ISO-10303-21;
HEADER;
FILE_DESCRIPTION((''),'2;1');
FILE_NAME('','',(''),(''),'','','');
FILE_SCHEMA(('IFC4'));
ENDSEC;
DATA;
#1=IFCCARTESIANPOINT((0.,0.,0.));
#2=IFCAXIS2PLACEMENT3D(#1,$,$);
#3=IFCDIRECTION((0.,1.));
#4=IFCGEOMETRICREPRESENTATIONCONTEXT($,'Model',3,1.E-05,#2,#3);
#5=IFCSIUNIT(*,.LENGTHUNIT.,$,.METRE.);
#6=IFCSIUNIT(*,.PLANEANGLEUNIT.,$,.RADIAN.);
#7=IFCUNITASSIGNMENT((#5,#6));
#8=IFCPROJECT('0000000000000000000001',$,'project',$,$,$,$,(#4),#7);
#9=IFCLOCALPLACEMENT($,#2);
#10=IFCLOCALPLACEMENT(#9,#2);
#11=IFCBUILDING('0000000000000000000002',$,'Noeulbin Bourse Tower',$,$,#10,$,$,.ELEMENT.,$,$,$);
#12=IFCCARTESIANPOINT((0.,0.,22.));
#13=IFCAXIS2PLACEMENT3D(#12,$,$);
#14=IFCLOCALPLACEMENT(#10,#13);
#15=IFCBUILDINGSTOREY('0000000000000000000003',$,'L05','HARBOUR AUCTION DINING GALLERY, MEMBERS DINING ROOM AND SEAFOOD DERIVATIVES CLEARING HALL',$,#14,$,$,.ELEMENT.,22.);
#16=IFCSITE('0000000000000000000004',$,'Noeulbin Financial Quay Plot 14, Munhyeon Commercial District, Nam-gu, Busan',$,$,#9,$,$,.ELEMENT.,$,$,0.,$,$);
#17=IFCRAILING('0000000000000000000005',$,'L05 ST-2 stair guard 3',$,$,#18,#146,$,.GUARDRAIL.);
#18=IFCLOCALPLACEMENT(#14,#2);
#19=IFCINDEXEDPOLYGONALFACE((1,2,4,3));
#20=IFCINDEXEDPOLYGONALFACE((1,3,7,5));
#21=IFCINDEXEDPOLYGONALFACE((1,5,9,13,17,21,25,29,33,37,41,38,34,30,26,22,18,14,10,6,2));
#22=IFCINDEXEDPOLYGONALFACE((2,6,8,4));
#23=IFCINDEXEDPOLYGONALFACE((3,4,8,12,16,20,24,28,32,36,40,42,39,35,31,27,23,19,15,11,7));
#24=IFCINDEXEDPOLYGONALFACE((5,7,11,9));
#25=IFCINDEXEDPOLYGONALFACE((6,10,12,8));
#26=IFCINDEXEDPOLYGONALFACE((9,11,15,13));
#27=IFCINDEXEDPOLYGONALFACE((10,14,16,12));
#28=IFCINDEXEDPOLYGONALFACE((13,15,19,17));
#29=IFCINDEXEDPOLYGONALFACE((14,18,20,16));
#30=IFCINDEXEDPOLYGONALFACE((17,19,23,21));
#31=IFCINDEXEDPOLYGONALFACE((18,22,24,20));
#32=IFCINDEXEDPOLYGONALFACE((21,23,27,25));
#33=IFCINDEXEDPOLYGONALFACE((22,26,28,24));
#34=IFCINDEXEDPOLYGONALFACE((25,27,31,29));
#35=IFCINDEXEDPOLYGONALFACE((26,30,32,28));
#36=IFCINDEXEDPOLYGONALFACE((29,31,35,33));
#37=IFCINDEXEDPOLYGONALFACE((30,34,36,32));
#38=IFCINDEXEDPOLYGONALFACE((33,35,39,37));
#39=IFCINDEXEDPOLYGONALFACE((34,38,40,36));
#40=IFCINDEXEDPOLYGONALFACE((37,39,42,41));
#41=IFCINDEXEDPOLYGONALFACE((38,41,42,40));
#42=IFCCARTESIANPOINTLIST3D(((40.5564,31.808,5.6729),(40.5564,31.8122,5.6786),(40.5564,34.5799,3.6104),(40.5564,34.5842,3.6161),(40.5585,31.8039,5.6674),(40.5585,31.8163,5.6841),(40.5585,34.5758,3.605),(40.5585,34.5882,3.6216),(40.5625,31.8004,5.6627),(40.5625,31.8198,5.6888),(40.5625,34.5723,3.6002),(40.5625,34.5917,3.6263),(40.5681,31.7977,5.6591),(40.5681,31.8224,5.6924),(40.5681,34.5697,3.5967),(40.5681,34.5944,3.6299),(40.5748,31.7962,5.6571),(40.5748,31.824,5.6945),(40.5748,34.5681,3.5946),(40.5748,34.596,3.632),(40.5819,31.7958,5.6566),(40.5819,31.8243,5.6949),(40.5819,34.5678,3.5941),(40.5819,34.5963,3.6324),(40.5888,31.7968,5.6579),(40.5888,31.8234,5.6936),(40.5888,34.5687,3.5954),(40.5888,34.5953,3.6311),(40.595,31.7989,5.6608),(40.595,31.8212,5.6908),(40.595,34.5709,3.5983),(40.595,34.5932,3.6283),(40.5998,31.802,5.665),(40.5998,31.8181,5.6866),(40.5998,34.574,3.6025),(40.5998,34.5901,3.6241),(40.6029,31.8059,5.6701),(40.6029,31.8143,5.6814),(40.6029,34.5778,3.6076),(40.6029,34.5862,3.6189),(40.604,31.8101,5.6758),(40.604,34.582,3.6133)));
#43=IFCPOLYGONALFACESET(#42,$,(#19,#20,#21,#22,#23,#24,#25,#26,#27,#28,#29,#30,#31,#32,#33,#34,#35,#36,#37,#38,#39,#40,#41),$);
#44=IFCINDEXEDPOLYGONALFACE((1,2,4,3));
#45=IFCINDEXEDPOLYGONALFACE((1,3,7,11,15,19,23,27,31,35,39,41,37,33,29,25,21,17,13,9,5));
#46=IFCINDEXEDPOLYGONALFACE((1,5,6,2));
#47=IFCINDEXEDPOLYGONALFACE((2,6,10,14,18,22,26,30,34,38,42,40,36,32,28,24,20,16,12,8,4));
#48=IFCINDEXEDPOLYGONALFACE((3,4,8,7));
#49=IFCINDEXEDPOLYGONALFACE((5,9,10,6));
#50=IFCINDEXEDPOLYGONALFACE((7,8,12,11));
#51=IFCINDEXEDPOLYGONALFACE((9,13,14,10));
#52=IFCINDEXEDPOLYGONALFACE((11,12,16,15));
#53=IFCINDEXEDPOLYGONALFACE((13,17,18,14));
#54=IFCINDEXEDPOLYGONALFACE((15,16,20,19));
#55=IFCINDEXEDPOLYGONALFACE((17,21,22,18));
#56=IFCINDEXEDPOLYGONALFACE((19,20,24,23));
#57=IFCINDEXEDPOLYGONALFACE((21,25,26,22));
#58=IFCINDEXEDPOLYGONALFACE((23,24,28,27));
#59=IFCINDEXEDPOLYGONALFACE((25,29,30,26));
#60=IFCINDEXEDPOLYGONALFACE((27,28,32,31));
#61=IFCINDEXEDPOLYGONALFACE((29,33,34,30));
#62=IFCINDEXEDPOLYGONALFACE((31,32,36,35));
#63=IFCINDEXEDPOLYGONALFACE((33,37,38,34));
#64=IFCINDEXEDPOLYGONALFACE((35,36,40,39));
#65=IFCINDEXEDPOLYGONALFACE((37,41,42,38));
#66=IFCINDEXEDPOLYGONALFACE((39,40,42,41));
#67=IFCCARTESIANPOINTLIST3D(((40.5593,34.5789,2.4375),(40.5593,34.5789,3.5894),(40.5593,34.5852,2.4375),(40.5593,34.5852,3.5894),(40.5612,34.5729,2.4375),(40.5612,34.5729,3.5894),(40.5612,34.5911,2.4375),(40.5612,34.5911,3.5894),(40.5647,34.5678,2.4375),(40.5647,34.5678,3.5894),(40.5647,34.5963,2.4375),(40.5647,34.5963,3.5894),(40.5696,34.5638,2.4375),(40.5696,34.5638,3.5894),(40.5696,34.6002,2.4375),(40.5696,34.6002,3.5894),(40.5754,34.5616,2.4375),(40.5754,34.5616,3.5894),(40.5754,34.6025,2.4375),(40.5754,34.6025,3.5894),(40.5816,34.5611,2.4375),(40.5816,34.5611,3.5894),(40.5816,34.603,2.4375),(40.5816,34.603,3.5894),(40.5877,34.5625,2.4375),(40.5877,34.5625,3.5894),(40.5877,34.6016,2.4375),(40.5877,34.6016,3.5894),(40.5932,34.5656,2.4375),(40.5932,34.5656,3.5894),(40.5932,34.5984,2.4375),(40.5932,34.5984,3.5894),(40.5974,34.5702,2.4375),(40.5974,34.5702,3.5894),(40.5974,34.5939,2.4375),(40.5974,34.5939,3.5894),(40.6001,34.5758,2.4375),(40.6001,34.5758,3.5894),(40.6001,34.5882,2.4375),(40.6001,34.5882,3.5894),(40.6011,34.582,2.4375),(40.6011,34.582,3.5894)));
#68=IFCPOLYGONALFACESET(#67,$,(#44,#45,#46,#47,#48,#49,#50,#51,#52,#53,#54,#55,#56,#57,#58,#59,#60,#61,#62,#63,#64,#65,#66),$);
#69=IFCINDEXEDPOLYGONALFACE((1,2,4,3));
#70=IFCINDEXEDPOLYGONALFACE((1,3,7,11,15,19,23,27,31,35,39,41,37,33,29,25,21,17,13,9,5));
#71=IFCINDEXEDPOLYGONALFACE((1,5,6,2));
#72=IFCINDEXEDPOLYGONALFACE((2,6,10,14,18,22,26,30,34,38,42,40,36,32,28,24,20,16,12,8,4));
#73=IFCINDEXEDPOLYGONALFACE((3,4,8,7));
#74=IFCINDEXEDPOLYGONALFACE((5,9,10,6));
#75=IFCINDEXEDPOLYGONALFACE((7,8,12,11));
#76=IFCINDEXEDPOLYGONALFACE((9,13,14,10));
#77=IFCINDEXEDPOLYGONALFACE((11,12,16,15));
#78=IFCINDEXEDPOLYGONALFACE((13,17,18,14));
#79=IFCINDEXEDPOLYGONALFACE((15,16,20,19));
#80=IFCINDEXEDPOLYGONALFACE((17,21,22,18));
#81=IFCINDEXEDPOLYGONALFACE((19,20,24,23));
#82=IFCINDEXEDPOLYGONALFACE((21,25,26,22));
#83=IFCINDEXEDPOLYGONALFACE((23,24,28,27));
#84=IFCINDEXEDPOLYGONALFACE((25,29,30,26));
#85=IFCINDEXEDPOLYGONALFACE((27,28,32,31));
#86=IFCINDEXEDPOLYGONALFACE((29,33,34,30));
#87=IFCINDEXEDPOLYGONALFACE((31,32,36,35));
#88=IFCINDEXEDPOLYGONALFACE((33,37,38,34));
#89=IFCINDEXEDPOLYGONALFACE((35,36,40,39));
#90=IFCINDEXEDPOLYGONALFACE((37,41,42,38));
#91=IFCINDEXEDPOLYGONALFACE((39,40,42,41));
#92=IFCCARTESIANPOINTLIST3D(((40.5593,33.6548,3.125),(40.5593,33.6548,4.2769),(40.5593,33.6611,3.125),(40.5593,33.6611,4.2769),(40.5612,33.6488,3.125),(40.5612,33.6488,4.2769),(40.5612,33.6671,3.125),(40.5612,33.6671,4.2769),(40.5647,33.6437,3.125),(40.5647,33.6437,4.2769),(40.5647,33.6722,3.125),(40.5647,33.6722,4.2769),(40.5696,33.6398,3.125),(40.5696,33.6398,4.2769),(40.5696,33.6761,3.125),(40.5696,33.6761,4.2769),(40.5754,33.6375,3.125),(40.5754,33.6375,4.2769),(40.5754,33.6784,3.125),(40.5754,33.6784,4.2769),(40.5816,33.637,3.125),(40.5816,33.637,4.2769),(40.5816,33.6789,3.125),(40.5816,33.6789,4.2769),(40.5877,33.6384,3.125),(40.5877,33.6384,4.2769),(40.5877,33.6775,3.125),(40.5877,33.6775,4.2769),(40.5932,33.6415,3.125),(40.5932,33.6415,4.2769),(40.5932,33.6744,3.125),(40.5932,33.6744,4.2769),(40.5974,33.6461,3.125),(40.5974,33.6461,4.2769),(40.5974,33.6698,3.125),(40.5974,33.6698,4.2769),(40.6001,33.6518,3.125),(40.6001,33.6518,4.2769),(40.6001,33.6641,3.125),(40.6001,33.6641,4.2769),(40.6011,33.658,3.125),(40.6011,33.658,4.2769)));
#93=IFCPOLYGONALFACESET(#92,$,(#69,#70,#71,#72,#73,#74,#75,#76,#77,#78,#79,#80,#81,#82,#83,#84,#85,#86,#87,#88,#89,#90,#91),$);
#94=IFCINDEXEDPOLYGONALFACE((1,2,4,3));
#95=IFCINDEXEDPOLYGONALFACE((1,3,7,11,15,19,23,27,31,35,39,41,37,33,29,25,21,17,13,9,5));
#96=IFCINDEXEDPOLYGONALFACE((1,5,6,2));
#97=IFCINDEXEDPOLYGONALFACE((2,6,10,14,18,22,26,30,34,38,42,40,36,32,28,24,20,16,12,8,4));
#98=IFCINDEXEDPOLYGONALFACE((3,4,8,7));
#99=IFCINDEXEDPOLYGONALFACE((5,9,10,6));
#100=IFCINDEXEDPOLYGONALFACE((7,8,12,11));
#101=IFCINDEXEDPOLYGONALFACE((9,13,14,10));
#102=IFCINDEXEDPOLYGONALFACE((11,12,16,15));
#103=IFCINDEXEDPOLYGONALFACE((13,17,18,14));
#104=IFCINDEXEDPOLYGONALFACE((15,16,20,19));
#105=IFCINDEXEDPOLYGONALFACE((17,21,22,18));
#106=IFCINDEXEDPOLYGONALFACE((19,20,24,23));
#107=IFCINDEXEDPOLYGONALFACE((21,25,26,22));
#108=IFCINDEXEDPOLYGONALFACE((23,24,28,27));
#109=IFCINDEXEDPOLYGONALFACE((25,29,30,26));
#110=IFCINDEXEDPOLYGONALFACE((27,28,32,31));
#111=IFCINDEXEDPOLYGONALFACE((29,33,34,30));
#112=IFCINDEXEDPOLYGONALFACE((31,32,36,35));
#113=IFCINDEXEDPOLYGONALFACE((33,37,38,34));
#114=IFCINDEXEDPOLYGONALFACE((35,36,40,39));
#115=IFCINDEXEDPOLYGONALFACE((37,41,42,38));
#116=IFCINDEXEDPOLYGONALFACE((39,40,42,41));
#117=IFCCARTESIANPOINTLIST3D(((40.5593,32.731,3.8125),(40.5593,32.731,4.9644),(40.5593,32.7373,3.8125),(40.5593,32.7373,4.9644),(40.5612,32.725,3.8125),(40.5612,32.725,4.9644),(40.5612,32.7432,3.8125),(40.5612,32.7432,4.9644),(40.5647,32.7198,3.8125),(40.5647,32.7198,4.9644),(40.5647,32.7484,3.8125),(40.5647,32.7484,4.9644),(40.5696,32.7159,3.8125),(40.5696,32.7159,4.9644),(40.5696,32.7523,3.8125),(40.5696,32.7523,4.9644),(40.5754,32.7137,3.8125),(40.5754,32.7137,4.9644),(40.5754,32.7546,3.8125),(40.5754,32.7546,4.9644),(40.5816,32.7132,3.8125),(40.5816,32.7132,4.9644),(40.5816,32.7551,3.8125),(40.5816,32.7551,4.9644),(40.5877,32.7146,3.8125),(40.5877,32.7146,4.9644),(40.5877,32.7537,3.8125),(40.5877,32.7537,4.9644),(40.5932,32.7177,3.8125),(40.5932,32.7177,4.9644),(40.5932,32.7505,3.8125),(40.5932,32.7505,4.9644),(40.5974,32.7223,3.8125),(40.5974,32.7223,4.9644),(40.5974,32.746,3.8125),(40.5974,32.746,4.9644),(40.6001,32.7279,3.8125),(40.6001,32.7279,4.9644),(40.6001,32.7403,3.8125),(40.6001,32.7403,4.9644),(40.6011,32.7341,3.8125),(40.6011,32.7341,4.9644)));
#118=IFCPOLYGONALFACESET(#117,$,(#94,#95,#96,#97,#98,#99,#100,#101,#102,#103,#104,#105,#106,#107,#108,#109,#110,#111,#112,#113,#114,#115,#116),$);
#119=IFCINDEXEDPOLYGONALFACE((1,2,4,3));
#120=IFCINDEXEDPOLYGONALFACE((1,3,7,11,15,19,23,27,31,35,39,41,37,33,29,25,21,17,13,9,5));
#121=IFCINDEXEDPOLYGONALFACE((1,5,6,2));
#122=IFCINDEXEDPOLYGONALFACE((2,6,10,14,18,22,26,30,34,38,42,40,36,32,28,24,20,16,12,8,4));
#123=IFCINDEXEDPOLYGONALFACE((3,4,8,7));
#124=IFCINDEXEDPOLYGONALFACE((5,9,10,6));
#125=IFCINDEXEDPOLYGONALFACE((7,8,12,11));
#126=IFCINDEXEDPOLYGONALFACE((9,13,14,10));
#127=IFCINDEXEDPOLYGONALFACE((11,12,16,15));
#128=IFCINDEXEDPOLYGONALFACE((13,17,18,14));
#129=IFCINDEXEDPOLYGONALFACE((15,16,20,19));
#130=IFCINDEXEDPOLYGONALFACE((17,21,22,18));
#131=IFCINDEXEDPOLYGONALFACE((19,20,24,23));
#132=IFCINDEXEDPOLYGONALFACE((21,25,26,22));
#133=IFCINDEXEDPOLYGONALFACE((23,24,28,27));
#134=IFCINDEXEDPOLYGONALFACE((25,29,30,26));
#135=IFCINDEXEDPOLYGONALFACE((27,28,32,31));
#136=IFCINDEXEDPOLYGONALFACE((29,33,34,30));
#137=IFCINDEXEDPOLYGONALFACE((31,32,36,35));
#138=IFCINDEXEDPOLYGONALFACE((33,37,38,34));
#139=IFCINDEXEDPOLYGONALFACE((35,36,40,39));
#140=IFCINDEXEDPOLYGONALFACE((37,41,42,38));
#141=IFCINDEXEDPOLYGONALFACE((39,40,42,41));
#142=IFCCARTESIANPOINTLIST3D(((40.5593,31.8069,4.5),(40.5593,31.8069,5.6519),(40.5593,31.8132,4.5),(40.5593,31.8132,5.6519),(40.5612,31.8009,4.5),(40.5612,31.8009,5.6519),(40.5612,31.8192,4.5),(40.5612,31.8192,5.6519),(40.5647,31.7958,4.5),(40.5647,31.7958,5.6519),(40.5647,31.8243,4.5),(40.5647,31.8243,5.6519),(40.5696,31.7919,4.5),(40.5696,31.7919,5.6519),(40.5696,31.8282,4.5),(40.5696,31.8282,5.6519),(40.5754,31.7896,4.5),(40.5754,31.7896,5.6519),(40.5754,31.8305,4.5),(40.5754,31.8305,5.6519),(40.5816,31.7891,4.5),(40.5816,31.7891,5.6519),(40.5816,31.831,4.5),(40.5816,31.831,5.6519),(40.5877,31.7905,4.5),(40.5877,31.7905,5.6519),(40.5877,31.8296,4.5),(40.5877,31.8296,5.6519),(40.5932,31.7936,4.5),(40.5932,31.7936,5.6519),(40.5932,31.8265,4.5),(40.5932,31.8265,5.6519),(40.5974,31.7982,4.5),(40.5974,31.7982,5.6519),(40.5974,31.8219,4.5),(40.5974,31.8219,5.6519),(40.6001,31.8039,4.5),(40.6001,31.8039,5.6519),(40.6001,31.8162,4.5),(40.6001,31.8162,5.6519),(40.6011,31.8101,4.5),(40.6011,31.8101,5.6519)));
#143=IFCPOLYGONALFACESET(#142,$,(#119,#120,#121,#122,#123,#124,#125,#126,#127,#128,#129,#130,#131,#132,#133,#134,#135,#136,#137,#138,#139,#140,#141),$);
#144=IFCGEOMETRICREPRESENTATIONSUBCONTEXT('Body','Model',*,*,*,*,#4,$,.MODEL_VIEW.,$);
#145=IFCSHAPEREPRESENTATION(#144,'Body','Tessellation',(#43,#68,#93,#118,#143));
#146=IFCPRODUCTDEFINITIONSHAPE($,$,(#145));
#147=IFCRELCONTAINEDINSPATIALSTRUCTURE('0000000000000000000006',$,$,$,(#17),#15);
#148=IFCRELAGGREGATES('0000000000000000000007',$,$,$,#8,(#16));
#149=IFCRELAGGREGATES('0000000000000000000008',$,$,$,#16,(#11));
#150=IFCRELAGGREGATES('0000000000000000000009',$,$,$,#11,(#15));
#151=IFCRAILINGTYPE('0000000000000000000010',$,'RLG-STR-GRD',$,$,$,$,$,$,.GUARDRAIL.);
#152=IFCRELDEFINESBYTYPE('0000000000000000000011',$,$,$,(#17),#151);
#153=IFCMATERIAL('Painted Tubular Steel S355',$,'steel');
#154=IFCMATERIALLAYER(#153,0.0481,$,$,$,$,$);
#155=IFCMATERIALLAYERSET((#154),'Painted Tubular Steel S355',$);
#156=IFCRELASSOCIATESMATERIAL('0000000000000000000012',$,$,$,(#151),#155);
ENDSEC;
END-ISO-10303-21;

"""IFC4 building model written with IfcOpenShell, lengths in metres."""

from ifc_helpers import new_model, si_unit, direction, frame, origin, origin_2d, place, context, subcontext, project, spatial, circle, extrude, material, layer, layer_set, type_object, element, save


model = new_model("IFC4")

# Units and contexts
model_context = context("Model", 3, precision=1e-05, world=origin(), true_north=direction((0.0, 1.0)))
body_context = subcontext(model_context, "Body", "Model", "MODEL_VIEW")
ifc_project = project(units=[si_unit("LENGTHUNIT", "METRE"), si_unit("PLANEANGLEUNIT", "RADIAN")], contexts=[model_context])

# Site, building, storey
site_placement = place(None, origin())
site = spatial("IfcSite", under=ifc_project, at=site_placement, Name="Noeulbin Financial Quay Plot 14, Munhyeon Commercial District, Nam-gu, Busan", CompositionType="ELEMENT", RefElevation=0.0)
building_placement = place(site_placement, origin())
building = spatial("IfcBuilding", under=site, at=building_placement, Name="Noeulbin Bourse Tower", CompositionType="ELEMENT")
storey_placement = place(building_placement, frame((0.0, 0.0, 22.0)))
storey = spatial("IfcBuildingStorey", under=building, at=storey_placement, Name="L05", Description="HARBOUR AUCTION DINING GALLERY, MEMBERS DINING ROOM AND SEAFOOD DERIVATIVES CLEARING HALL", CompositionType="ELEMENT", Elevation=22.0)

# Railing
ifc_material_1 = material(Name="Painted Tubular Steel S355", Category="steel")
ifc_layer_1 = layer(ifc_material_1, 0.0481)
ifc_layer_set_1 = layer_set([ifc_layer_1], Name="Painted Tubular Steel S355")
railing_type_1 = type_object("IfcRailingType", Name="RLG-STR-GRD", PredefinedType="GUARDRAIL", material=ifc_layer_set_1)
railing_1_placement = place(storey_placement, frame((40.5801, 34.582, 2.4375)))
element("IfcRailing", 1, at=railing_1_placement, inside=storey, type_object=railing_type_1, Name="L05 ST-2 stair guard 3", PredefinedType="GUARDRAIL", context=body_context, shape_type="SweptSolid", body=[
    extrude(circle(Radius=0.0239, at=origin_2d()), frame((0.0, 0.0, 1.1758), z_axis=(0.0, -0.802284, 0.596943), x_axis=(1.0, 0.0, 0.0)), (0.0, 0.0, 1.0), 3.4551),
    extrude(circle(Radius=0.021, at=origin_2d()), origin(), (0.0, 0.0, 1.0), 1.1519),
    extrude(circle(Radius=0.021, at=origin_2d()), frame((0.0, -0.9241, 0.6875)), (0.0, 0.0, 1.0), 1.1519),
    extrude(circle(Radius=0.021, at=origin_2d()), frame((0.0, -1.8479, 1.375)), (0.0, 0.0, 1.0), 1.1519),
    extrude(circle(Radius=0.021, at=origin_2d()), frame((0.0, -2.772, 2.0625)), (0.0, 0.0, 1.0), 1.1519),
])

save(model, "model.ifc")
